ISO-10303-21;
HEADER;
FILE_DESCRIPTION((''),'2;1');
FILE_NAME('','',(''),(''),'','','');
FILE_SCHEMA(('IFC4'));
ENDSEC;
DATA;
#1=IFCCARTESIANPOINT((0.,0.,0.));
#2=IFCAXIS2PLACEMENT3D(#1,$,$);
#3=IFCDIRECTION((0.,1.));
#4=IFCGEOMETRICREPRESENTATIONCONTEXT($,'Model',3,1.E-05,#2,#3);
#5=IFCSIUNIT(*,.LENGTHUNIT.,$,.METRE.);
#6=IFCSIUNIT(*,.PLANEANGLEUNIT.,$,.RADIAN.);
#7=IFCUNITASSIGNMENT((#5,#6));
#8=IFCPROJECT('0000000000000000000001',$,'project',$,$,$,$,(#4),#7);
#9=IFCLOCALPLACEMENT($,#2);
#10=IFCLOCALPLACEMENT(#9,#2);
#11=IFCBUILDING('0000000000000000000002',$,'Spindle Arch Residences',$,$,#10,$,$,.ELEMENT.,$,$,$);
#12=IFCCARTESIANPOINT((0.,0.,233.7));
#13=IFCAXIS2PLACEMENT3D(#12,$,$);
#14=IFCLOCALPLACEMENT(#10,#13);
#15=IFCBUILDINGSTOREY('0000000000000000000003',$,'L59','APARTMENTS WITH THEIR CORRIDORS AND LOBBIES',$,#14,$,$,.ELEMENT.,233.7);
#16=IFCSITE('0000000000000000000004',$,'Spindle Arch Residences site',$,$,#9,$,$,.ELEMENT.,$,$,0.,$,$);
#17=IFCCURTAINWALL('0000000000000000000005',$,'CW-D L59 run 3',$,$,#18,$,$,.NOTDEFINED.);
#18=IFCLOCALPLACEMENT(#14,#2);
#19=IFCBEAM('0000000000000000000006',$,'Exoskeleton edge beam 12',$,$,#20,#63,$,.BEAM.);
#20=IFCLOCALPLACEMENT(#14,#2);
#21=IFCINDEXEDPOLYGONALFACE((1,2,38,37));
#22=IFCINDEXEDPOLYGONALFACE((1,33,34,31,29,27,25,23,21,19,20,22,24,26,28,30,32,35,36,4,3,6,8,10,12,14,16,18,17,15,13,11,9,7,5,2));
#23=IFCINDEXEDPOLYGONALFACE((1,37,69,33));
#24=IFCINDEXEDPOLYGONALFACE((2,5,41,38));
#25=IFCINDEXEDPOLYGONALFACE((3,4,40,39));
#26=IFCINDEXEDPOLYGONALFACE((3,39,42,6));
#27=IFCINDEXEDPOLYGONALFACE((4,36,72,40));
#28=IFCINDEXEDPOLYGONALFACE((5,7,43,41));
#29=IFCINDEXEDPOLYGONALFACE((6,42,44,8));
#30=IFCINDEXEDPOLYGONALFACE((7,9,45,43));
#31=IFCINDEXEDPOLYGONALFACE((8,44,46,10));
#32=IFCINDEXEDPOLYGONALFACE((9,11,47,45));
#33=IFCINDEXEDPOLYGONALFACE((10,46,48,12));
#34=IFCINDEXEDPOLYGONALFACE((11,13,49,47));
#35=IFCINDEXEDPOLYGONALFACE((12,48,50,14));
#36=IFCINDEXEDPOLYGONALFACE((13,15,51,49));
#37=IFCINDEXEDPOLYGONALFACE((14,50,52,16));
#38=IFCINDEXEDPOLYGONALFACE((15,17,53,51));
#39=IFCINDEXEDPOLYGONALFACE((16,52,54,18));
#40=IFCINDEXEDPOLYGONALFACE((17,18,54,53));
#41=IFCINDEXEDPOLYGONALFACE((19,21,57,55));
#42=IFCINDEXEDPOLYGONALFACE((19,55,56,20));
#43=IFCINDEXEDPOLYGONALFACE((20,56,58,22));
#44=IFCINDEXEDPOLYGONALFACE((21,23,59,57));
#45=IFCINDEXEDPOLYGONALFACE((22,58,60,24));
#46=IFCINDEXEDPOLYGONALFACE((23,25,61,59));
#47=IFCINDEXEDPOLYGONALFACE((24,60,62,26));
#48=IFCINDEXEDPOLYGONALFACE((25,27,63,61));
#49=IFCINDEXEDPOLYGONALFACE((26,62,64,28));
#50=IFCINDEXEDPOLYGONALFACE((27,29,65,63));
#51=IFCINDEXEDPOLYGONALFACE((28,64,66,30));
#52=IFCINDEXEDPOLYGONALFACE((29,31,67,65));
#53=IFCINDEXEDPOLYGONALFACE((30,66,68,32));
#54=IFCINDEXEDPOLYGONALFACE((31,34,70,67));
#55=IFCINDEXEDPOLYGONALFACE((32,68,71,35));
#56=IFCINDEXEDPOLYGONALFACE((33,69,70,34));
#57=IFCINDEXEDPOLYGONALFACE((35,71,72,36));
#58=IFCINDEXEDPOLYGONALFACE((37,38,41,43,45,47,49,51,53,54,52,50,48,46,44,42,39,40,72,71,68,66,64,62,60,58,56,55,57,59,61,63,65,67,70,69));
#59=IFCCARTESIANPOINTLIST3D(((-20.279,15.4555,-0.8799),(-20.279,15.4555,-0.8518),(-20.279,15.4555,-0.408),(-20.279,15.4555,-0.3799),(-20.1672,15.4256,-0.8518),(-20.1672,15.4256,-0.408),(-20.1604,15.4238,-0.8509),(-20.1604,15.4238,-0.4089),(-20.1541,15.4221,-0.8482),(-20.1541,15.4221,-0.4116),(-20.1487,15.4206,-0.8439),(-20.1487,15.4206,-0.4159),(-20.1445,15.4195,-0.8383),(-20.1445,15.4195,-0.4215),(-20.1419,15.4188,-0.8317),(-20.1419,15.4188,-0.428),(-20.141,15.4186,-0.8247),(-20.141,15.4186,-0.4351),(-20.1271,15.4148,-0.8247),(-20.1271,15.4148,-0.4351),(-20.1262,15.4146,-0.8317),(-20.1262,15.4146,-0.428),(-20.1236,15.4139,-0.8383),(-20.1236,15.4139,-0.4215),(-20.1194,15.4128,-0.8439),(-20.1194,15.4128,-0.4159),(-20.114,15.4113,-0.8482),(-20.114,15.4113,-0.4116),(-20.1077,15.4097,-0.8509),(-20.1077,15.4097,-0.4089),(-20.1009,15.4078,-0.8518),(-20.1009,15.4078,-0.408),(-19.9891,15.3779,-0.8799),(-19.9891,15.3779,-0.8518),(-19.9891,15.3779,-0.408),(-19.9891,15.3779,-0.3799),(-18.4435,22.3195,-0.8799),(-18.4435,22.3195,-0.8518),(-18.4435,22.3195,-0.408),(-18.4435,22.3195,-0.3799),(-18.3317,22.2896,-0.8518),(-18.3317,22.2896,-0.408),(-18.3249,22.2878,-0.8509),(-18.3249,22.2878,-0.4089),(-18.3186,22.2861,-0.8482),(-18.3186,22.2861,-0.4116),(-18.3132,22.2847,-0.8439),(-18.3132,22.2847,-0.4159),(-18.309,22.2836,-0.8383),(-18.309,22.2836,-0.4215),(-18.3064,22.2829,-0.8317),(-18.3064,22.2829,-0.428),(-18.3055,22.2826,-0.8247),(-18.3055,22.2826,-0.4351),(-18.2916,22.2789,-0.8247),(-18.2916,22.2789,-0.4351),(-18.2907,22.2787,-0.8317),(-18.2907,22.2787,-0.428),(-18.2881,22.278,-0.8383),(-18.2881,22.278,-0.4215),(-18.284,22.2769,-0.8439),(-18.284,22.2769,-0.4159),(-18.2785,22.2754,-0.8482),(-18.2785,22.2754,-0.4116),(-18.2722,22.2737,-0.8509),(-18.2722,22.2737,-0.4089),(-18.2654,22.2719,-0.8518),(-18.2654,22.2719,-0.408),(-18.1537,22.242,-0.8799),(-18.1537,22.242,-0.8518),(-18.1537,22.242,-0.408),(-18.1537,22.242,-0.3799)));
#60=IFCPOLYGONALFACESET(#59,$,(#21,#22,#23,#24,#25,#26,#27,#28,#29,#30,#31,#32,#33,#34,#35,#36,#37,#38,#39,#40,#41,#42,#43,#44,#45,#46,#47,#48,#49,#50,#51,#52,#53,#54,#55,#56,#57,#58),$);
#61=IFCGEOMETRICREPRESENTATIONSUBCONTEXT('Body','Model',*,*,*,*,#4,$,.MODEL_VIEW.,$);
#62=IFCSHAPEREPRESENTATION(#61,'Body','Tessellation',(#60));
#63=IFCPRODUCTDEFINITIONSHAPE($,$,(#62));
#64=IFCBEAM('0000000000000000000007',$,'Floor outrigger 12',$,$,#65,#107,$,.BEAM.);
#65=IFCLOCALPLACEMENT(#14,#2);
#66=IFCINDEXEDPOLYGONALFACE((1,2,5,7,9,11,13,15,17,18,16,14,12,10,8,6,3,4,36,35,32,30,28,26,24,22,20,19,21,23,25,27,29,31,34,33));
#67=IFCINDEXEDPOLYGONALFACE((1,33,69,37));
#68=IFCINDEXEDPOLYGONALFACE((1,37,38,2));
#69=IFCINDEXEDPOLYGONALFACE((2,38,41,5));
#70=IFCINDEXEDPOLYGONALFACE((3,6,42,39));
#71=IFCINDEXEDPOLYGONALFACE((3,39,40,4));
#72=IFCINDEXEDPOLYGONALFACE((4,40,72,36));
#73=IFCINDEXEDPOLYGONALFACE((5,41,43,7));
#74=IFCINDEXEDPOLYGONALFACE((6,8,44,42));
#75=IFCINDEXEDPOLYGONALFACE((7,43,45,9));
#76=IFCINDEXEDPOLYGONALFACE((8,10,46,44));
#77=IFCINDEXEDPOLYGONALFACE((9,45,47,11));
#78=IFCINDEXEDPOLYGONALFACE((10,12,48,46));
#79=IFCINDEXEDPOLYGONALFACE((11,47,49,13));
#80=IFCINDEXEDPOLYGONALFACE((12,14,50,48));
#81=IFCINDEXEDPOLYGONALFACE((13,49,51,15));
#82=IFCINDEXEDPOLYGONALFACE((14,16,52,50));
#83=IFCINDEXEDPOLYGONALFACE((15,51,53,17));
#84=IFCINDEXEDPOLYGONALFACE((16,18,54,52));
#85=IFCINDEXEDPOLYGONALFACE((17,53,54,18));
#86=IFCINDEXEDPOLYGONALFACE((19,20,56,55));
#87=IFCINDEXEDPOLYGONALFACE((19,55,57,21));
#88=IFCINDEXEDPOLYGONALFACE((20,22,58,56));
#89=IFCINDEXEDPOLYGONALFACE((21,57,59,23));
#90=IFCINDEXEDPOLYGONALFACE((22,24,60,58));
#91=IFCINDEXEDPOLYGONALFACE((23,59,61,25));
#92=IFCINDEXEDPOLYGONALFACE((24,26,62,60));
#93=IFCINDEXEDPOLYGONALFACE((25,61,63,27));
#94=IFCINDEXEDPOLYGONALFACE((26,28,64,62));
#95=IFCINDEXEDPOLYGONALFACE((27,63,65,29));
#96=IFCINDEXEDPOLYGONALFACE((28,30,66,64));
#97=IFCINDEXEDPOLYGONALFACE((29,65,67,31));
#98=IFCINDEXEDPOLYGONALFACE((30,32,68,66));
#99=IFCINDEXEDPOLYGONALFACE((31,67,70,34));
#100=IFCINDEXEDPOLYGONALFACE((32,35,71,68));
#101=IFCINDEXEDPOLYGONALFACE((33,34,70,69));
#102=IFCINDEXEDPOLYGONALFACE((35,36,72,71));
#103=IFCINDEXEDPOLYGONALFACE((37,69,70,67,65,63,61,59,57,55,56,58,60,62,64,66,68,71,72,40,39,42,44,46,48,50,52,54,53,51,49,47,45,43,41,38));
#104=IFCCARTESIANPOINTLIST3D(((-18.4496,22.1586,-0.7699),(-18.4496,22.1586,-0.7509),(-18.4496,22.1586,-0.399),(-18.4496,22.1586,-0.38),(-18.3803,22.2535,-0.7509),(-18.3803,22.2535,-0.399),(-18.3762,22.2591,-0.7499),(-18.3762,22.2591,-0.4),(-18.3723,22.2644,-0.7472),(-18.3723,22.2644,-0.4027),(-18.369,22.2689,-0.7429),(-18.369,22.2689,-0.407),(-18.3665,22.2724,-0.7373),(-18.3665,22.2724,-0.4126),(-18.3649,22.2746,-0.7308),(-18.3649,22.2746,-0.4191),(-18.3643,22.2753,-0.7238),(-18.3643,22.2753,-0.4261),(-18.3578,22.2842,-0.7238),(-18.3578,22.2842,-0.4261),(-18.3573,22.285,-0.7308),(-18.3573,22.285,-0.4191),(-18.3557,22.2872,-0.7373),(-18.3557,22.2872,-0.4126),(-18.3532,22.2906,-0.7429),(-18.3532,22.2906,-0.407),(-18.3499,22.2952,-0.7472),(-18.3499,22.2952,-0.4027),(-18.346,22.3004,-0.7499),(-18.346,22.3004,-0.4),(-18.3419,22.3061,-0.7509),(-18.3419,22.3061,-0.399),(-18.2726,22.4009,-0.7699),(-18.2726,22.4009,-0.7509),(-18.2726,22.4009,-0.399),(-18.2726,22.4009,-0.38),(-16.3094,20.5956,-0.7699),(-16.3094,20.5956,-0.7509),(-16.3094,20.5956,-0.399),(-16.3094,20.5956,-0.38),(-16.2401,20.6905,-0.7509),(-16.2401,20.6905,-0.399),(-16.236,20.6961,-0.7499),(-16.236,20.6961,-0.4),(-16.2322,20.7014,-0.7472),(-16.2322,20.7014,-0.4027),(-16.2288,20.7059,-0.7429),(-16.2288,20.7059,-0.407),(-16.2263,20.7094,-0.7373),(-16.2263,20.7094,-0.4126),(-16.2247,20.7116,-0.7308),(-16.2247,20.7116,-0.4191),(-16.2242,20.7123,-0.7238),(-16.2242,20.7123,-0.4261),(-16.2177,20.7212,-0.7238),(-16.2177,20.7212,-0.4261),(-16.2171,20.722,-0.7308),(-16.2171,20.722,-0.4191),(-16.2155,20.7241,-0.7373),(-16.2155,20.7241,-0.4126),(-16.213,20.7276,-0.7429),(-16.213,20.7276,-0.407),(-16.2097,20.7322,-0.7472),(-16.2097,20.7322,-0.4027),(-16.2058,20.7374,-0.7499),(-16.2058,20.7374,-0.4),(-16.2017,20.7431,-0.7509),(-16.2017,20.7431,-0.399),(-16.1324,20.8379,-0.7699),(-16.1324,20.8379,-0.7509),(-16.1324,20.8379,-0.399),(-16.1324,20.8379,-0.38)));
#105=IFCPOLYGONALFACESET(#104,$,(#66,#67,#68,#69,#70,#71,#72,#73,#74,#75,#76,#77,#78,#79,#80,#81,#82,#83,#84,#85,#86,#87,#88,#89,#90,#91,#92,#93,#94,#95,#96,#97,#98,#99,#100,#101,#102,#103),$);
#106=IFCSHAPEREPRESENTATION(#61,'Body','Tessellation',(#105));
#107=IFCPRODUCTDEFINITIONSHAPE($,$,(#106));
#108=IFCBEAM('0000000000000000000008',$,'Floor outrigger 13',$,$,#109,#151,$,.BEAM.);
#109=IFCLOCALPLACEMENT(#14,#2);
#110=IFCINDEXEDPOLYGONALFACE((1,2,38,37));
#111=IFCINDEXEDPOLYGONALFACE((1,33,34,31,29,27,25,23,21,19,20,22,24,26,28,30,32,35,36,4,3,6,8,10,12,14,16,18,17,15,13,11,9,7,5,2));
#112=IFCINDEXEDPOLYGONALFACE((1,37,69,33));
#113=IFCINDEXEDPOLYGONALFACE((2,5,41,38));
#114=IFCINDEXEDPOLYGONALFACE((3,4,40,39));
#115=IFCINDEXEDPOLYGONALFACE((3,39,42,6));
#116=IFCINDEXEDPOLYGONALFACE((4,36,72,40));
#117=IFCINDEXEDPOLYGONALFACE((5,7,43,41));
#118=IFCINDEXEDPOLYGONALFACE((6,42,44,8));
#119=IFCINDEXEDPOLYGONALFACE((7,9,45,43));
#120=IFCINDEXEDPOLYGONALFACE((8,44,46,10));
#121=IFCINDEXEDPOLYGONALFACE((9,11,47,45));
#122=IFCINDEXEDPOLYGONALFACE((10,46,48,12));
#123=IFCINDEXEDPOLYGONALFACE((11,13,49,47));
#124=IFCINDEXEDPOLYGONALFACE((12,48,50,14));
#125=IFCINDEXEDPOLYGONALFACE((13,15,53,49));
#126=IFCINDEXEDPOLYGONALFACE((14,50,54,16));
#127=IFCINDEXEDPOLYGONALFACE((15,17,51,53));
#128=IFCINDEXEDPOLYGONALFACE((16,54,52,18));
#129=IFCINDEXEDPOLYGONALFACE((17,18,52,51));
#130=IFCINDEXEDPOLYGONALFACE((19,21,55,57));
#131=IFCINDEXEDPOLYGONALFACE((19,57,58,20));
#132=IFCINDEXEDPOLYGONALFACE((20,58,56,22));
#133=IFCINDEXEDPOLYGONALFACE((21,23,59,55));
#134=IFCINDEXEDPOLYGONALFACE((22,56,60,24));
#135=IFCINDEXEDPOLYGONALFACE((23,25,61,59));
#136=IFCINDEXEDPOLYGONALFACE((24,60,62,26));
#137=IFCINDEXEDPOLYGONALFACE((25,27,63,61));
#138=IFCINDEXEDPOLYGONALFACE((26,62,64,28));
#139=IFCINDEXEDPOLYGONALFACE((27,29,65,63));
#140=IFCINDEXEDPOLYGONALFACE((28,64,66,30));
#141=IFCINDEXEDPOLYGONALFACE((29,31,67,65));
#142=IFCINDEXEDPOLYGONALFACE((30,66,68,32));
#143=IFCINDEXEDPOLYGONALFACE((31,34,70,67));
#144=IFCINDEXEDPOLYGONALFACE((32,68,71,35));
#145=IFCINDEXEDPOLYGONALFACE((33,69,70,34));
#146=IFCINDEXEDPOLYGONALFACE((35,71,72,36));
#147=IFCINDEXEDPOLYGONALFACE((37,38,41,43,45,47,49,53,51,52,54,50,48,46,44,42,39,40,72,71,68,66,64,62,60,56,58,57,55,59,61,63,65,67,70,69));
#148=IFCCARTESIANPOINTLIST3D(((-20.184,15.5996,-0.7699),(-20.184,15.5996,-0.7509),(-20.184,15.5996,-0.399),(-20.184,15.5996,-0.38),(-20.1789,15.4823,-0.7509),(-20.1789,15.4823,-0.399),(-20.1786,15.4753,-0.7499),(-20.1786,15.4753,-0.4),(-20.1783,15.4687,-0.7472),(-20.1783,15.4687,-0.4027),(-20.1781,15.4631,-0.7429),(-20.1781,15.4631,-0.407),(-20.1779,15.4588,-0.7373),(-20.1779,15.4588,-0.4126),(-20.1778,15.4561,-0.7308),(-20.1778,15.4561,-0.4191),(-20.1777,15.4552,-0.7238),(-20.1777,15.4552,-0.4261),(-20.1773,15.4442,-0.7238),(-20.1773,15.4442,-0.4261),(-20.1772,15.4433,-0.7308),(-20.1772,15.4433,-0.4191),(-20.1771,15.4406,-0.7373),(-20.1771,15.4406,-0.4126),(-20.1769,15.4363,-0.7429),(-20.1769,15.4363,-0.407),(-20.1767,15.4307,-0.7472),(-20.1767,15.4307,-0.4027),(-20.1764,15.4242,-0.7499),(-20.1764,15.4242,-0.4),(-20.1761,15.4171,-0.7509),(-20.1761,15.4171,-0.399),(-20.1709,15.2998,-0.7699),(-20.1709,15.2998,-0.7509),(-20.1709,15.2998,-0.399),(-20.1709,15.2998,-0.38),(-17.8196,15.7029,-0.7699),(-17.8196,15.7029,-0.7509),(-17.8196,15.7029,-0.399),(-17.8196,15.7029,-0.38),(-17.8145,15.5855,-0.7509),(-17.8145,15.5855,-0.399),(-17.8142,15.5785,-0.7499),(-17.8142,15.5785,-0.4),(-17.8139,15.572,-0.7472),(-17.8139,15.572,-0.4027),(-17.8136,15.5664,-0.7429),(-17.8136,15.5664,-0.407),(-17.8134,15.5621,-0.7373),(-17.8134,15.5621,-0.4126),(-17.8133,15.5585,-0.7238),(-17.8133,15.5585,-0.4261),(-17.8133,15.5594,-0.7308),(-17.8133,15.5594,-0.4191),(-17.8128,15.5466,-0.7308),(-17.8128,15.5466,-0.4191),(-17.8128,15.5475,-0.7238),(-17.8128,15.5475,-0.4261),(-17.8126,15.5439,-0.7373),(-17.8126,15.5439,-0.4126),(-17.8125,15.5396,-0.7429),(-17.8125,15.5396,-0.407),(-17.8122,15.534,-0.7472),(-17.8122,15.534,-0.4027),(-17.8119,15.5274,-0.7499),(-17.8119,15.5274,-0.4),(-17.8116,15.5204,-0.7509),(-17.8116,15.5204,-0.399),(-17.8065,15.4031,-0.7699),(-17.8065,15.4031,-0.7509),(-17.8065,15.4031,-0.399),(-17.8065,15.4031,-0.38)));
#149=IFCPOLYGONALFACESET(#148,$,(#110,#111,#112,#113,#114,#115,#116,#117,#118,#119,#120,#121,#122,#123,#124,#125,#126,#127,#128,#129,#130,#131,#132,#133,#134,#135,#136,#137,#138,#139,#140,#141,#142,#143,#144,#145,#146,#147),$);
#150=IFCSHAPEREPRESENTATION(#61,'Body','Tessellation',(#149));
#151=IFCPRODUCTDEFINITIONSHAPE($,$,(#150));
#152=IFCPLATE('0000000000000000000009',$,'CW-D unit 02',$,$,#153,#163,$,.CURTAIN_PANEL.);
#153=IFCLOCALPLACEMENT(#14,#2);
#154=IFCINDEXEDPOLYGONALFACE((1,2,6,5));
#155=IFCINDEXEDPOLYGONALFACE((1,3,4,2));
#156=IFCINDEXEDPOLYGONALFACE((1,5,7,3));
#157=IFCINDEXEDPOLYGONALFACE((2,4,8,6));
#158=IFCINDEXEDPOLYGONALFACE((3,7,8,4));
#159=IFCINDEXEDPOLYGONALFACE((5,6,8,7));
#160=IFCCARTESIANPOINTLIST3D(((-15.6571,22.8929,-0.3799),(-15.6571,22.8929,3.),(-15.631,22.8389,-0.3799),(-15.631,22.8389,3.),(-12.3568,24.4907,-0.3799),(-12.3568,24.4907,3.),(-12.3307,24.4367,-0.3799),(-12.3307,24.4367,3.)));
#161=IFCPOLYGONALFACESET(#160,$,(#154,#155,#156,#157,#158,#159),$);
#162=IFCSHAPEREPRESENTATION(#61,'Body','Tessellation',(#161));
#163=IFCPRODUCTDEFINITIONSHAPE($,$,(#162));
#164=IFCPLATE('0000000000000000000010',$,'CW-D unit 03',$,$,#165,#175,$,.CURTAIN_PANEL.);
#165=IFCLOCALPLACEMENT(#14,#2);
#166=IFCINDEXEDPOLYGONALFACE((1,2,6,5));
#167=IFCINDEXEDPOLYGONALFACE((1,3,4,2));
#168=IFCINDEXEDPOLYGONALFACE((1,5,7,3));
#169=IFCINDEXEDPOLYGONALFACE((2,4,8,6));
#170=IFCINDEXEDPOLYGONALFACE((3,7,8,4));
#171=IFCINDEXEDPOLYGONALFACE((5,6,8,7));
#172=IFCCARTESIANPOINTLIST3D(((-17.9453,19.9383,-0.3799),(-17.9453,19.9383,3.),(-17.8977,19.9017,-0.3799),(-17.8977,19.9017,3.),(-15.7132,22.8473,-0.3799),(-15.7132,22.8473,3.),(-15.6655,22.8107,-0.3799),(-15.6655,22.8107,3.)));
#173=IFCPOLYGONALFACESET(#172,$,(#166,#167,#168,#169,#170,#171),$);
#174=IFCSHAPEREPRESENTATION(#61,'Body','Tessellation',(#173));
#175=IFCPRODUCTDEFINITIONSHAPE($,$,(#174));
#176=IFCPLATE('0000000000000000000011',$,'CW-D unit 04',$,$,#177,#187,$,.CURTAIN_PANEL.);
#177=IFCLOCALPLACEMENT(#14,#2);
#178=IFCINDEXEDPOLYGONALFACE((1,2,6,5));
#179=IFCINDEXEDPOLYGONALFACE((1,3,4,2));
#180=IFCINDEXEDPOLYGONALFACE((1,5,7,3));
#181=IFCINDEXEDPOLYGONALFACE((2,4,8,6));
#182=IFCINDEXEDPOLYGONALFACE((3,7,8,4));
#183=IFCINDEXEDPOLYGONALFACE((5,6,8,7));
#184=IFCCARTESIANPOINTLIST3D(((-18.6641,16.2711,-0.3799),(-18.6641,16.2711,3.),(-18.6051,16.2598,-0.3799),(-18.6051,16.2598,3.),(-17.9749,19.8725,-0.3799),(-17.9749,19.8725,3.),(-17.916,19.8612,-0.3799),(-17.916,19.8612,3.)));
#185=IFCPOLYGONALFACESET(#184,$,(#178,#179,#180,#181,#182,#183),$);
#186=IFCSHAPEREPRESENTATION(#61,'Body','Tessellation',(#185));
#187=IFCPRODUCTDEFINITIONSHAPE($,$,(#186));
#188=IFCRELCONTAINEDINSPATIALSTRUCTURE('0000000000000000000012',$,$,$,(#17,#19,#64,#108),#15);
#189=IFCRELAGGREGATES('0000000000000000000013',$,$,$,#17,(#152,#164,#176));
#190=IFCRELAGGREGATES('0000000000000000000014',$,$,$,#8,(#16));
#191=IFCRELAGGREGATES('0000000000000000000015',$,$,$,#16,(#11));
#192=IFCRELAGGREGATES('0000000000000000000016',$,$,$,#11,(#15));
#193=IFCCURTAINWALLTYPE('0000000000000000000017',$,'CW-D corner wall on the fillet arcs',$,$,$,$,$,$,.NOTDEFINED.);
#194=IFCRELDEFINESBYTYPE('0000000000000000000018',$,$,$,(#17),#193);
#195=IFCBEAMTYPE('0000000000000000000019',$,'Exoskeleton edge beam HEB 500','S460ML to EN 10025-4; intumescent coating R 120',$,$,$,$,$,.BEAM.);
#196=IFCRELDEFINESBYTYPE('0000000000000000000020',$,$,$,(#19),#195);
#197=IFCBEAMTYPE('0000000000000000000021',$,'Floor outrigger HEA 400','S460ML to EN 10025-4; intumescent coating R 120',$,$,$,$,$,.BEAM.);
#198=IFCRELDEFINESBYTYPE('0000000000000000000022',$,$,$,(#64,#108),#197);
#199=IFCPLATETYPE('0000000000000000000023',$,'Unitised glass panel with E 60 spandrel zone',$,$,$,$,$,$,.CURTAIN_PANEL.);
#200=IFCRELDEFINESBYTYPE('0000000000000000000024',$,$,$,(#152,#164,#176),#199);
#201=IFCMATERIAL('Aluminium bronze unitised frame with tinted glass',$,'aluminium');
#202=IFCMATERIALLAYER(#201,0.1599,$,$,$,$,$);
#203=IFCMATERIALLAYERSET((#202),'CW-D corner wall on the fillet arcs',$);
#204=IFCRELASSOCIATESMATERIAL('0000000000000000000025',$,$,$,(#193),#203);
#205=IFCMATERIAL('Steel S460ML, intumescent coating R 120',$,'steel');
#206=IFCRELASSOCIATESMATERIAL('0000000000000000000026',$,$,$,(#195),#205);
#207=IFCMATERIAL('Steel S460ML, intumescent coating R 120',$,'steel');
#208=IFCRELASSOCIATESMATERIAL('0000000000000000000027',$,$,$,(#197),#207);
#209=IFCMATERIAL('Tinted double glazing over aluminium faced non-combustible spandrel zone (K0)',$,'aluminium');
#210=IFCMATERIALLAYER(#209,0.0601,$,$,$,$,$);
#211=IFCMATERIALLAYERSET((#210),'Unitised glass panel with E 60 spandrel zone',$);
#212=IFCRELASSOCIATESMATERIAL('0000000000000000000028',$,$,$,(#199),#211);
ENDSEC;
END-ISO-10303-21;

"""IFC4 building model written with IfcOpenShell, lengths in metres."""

from ifc_helpers import new_model, si_unit, direction, frame, origin, origin_2d, place, context, subcontext, project, spatial, rectangle, i_section, extrude, material, layer, layer_set, material_profile, profile_set, type_object, element, aggregate, save


model = new_model("IFC4")

# Units and contexts
model_context = context("Model", 3, precision=1e-05, world=origin(), true_north=direction((0.0, 1.0)))
body_context = subcontext(model_context, "Body", "Model", "MODEL_VIEW")
ifc_project = project(units=[si_unit("LENGTHUNIT", "METRE"), si_unit("PLANEANGLEUNIT", "RADIAN")], contexts=[model_context])

# Site, building, storey
site_placement = place(None, origin())
site = spatial("IfcSite", under=ifc_project, at=site_placement, Name="Spindle Arch Residences site", CompositionType="ELEMENT", RefElevation=0.0)
building_placement = place(site_placement, origin())
building = spatial("IfcBuilding", under=site, at=building_placement, Name="Spindle Arch Residences", CompositionType="ELEMENT")
storey_placement = place(building_placement, frame((0.0, 0.0, 233.7)))
storey = spatial("IfcBuildingStorey", under=building, at=storey_placement, Name="L59", Description="APARTMENTS WITH THEIR CORRIDORS AND LOBBIES", CompositionType="ELEMENT", Elevation=233.7)

# Curtain wall
ifc_material_1 = material(Name="Aluminium bronze unitised frame with tinted glass", Category="aluminium")
ifc_layer_1 = layer(ifc_material_1, 0.1599)
ifc_layer_set_1 = layer_set([ifc_layer_1], Name="CW-D corner wall on the fillet arcs")
curtain_wall_type_1 = type_object("IfcCurtainWallType", Name="CW-D corner wall on the fillet arcs", PredefinedType="NOTDEFINED", material=ifc_layer_set_1)
curtain_wall_1_placement = place(storey_placement, origin())
curtain_wall_1 = element("IfcCurtainWall", 1, at=curtain_wall_1_placement, inside=storey, type_object=curtain_wall_type_1, Name="CW-D L59 run 3", PredefinedType="NOTDEFINED")

# Beams
ifc_material_2 = material(Name="Steel S460ML, intumescent coating R 120", Category="steel")
ifc_material_profile_1 = material_profile(ifc_material_2, i_section(OverallWidth=0.3, OverallDepth=0.5, WebThickness=0.0144, FlangeThickness=0.0281, FilletRadius=0.0271, at=origin_2d()), Name="HEB 500")
ifc_profile_set_1 = profile_set([ifc_material_profile_1], Name="Steel S460ML, intumescent coating R 120")
beam_type_1 = type_object("IfcBeamType", Name="Exoskeleton edge beam HEB 500", Description="S460ML to EN 10025-4; intumescent coating R 120", PredefinedType="BEAM", material=ifc_profile_set_1)
beam_1_placement = place(storey_placement, frame((-18.2986, 22.2808, -0.6299), z_axis=(-0.258326, -0.966058, 0.0), x_axis=(0.966058, -0.258326, 0.0)))
element("IfcBeam", 2, at=beam_1_placement, inside=storey, type_object=beam_type_1, Name="Exoskeleton edge beam 12", PredefinedType="BEAM", context=body_context, shape_type="SweptSolid", body=[
    extrude(i_section(OverallWidth=0.3, OverallDepth=0.5, WebThickness=0.0144, FlangeThickness=0.0281, FilletRadius=0.0271, at=origin_2d()), origin(), (0.0, 0.0, 1.0), 7.1052),
])
ifc_material_3 = material(Name="Steel S460ML, intumescent coating R 120", Category="steel")
ifc_material_profile_2 = material_profile(ifc_material_3, i_section(OverallWidth=0.3, OverallDepth=0.3899, WebThickness=0.011, FlangeThickness=0.019, FilletRadius=0.0271, at=origin_2d()), Name="HEA 400")
ifc_profile_set_2 = profile_set([ifc_material_profile_2], Name="Steel S460ML, intumescent coating R 120")
beam_type_2 = type_object("IfcBeamType", Name="Floor outrigger HEA 400", Description="S460ML to EN 10025-4; intumescent coating R 120", PredefinedType="BEAM", material=ifc_profile_set_2)
beam_2_placement = place(storey_placement, frame((-18.3611, 22.2798, -0.575), z_axis=(0.807563, -0.589781, 0.0), x_axis=(0.589781, 0.807563, 0.0)))
element("IfcBeam", 3, at=beam_2_placement, inside=storey, type_object=beam_type_2, Name="Floor outrigger 12", PredefinedType="BEAM", context=body_context, shape_type="SweptSolid", body=[
    extrude(i_section(OverallWidth=0.3, OverallDepth=0.3899, WebThickness=0.011, FlangeThickness=0.019, FilletRadius=0.0271, at=origin_2d()), origin(), (0.0, 0.0, 1.0), 2.6501),
])
beam_3_placement = place(storey_placement, frame((-20.1775, 15.4497, -0.575), z_axis=(0.999048, 0.043634, 0.0), x_axis=(-0.043634, 0.999048, 0.0)))
element("IfcBeam", 4, at=beam_3_placement, inside=storey, type_object=beam_type_2, Name="Floor outrigger 13", PredefinedType="BEAM", context=body_context, shape_type="SweptSolid", body=[
    extrude(i_section(OverallWidth=0.3, OverallDepth=0.3899, WebThickness=0.011, FlangeThickness=0.019, FilletRadius=0.0271, at=origin_2d()), origin(), (0.0, 0.0, 1.0), 2.3667),
])

# Plates
ifc_material_4 = material(Name="Tinted double glazing over aluminium faced non-combustible spandrel zone (K0)", Category="aluminium")
ifc_layer_2 = layer(ifc_material_4, 0.0601)
ifc_layer_set_2 = layer_set([ifc_layer_2], Name="Unitised glass panel with E 60 spandrel zone")
plate_type = type_object("IfcPlateType", Name="Unitised glass panel with E 60 spandrel zone", PredefinedType="CURTAIN_PANEL", material=ifc_layer_set_2)
plate_1_placement = place(storey_placement, frame((-13.9939, 23.6648, -0.3799), z_axis=(0.0, 0.0, 1.0), x_axis=(-0.900065, -0.435755, 0.0)))
plate_1 = element("IfcPlate", 5, at=plate_1_placement, type_object=plate_type, Name="CW-D unit 02", PredefinedType="CURTAIN_PANEL", context=body_context, shape_type="SweptSolid", body=[
    extrude(rectangle(XDim=3.6667, YDim=0.0601, at=origin_2d()), origin(), (0.0, 0.0, 1.0), 3.3799),
])
plate_2_placement = place(storey_placement, frame((-16.8054, 21.3745, -0.3799), z_axis=(0.0, 0.0, 1.0), x_axis=(-0.608761, -0.793353, 0.0)))
plate_2 = element("IfcPlate", 6, at=plate_2_placement, type_object=plate_type, Name="CW-D unit 03", PredefinedType="CURTAIN_PANEL", context=body_context, shape_type="SweptSolid", body=[
    extrude(rectangle(XDim=3.6667, YDim=0.0601, at=origin_2d()), origin(), (0.0, 0.0, 1.0), 3.3799),
])
plate_3_placement = place(storey_placement, frame((-18.29, 18.0662, -0.3799), z_axis=(0.0, 0.0, 1.0), x_axis=(-0.187953, -0.982178, 0.0)))
plate_3 = element("IfcPlate", 7, at=plate_3_placement, type_object=plate_type, Name="CW-D unit 04", PredefinedType="CURTAIN_PANEL", context=body_context, shape_type="SweptSolid", body=[
    extrude(rectangle(XDim=3.6667, YDim=0.0601, at=origin_2d()), origin(), (0.0, 0.0, 1.0), 3.3799),
])
aggregate(curtain_wall_1, [plate_1, plate_2, plate_3])

save(model, "model.ifc")
